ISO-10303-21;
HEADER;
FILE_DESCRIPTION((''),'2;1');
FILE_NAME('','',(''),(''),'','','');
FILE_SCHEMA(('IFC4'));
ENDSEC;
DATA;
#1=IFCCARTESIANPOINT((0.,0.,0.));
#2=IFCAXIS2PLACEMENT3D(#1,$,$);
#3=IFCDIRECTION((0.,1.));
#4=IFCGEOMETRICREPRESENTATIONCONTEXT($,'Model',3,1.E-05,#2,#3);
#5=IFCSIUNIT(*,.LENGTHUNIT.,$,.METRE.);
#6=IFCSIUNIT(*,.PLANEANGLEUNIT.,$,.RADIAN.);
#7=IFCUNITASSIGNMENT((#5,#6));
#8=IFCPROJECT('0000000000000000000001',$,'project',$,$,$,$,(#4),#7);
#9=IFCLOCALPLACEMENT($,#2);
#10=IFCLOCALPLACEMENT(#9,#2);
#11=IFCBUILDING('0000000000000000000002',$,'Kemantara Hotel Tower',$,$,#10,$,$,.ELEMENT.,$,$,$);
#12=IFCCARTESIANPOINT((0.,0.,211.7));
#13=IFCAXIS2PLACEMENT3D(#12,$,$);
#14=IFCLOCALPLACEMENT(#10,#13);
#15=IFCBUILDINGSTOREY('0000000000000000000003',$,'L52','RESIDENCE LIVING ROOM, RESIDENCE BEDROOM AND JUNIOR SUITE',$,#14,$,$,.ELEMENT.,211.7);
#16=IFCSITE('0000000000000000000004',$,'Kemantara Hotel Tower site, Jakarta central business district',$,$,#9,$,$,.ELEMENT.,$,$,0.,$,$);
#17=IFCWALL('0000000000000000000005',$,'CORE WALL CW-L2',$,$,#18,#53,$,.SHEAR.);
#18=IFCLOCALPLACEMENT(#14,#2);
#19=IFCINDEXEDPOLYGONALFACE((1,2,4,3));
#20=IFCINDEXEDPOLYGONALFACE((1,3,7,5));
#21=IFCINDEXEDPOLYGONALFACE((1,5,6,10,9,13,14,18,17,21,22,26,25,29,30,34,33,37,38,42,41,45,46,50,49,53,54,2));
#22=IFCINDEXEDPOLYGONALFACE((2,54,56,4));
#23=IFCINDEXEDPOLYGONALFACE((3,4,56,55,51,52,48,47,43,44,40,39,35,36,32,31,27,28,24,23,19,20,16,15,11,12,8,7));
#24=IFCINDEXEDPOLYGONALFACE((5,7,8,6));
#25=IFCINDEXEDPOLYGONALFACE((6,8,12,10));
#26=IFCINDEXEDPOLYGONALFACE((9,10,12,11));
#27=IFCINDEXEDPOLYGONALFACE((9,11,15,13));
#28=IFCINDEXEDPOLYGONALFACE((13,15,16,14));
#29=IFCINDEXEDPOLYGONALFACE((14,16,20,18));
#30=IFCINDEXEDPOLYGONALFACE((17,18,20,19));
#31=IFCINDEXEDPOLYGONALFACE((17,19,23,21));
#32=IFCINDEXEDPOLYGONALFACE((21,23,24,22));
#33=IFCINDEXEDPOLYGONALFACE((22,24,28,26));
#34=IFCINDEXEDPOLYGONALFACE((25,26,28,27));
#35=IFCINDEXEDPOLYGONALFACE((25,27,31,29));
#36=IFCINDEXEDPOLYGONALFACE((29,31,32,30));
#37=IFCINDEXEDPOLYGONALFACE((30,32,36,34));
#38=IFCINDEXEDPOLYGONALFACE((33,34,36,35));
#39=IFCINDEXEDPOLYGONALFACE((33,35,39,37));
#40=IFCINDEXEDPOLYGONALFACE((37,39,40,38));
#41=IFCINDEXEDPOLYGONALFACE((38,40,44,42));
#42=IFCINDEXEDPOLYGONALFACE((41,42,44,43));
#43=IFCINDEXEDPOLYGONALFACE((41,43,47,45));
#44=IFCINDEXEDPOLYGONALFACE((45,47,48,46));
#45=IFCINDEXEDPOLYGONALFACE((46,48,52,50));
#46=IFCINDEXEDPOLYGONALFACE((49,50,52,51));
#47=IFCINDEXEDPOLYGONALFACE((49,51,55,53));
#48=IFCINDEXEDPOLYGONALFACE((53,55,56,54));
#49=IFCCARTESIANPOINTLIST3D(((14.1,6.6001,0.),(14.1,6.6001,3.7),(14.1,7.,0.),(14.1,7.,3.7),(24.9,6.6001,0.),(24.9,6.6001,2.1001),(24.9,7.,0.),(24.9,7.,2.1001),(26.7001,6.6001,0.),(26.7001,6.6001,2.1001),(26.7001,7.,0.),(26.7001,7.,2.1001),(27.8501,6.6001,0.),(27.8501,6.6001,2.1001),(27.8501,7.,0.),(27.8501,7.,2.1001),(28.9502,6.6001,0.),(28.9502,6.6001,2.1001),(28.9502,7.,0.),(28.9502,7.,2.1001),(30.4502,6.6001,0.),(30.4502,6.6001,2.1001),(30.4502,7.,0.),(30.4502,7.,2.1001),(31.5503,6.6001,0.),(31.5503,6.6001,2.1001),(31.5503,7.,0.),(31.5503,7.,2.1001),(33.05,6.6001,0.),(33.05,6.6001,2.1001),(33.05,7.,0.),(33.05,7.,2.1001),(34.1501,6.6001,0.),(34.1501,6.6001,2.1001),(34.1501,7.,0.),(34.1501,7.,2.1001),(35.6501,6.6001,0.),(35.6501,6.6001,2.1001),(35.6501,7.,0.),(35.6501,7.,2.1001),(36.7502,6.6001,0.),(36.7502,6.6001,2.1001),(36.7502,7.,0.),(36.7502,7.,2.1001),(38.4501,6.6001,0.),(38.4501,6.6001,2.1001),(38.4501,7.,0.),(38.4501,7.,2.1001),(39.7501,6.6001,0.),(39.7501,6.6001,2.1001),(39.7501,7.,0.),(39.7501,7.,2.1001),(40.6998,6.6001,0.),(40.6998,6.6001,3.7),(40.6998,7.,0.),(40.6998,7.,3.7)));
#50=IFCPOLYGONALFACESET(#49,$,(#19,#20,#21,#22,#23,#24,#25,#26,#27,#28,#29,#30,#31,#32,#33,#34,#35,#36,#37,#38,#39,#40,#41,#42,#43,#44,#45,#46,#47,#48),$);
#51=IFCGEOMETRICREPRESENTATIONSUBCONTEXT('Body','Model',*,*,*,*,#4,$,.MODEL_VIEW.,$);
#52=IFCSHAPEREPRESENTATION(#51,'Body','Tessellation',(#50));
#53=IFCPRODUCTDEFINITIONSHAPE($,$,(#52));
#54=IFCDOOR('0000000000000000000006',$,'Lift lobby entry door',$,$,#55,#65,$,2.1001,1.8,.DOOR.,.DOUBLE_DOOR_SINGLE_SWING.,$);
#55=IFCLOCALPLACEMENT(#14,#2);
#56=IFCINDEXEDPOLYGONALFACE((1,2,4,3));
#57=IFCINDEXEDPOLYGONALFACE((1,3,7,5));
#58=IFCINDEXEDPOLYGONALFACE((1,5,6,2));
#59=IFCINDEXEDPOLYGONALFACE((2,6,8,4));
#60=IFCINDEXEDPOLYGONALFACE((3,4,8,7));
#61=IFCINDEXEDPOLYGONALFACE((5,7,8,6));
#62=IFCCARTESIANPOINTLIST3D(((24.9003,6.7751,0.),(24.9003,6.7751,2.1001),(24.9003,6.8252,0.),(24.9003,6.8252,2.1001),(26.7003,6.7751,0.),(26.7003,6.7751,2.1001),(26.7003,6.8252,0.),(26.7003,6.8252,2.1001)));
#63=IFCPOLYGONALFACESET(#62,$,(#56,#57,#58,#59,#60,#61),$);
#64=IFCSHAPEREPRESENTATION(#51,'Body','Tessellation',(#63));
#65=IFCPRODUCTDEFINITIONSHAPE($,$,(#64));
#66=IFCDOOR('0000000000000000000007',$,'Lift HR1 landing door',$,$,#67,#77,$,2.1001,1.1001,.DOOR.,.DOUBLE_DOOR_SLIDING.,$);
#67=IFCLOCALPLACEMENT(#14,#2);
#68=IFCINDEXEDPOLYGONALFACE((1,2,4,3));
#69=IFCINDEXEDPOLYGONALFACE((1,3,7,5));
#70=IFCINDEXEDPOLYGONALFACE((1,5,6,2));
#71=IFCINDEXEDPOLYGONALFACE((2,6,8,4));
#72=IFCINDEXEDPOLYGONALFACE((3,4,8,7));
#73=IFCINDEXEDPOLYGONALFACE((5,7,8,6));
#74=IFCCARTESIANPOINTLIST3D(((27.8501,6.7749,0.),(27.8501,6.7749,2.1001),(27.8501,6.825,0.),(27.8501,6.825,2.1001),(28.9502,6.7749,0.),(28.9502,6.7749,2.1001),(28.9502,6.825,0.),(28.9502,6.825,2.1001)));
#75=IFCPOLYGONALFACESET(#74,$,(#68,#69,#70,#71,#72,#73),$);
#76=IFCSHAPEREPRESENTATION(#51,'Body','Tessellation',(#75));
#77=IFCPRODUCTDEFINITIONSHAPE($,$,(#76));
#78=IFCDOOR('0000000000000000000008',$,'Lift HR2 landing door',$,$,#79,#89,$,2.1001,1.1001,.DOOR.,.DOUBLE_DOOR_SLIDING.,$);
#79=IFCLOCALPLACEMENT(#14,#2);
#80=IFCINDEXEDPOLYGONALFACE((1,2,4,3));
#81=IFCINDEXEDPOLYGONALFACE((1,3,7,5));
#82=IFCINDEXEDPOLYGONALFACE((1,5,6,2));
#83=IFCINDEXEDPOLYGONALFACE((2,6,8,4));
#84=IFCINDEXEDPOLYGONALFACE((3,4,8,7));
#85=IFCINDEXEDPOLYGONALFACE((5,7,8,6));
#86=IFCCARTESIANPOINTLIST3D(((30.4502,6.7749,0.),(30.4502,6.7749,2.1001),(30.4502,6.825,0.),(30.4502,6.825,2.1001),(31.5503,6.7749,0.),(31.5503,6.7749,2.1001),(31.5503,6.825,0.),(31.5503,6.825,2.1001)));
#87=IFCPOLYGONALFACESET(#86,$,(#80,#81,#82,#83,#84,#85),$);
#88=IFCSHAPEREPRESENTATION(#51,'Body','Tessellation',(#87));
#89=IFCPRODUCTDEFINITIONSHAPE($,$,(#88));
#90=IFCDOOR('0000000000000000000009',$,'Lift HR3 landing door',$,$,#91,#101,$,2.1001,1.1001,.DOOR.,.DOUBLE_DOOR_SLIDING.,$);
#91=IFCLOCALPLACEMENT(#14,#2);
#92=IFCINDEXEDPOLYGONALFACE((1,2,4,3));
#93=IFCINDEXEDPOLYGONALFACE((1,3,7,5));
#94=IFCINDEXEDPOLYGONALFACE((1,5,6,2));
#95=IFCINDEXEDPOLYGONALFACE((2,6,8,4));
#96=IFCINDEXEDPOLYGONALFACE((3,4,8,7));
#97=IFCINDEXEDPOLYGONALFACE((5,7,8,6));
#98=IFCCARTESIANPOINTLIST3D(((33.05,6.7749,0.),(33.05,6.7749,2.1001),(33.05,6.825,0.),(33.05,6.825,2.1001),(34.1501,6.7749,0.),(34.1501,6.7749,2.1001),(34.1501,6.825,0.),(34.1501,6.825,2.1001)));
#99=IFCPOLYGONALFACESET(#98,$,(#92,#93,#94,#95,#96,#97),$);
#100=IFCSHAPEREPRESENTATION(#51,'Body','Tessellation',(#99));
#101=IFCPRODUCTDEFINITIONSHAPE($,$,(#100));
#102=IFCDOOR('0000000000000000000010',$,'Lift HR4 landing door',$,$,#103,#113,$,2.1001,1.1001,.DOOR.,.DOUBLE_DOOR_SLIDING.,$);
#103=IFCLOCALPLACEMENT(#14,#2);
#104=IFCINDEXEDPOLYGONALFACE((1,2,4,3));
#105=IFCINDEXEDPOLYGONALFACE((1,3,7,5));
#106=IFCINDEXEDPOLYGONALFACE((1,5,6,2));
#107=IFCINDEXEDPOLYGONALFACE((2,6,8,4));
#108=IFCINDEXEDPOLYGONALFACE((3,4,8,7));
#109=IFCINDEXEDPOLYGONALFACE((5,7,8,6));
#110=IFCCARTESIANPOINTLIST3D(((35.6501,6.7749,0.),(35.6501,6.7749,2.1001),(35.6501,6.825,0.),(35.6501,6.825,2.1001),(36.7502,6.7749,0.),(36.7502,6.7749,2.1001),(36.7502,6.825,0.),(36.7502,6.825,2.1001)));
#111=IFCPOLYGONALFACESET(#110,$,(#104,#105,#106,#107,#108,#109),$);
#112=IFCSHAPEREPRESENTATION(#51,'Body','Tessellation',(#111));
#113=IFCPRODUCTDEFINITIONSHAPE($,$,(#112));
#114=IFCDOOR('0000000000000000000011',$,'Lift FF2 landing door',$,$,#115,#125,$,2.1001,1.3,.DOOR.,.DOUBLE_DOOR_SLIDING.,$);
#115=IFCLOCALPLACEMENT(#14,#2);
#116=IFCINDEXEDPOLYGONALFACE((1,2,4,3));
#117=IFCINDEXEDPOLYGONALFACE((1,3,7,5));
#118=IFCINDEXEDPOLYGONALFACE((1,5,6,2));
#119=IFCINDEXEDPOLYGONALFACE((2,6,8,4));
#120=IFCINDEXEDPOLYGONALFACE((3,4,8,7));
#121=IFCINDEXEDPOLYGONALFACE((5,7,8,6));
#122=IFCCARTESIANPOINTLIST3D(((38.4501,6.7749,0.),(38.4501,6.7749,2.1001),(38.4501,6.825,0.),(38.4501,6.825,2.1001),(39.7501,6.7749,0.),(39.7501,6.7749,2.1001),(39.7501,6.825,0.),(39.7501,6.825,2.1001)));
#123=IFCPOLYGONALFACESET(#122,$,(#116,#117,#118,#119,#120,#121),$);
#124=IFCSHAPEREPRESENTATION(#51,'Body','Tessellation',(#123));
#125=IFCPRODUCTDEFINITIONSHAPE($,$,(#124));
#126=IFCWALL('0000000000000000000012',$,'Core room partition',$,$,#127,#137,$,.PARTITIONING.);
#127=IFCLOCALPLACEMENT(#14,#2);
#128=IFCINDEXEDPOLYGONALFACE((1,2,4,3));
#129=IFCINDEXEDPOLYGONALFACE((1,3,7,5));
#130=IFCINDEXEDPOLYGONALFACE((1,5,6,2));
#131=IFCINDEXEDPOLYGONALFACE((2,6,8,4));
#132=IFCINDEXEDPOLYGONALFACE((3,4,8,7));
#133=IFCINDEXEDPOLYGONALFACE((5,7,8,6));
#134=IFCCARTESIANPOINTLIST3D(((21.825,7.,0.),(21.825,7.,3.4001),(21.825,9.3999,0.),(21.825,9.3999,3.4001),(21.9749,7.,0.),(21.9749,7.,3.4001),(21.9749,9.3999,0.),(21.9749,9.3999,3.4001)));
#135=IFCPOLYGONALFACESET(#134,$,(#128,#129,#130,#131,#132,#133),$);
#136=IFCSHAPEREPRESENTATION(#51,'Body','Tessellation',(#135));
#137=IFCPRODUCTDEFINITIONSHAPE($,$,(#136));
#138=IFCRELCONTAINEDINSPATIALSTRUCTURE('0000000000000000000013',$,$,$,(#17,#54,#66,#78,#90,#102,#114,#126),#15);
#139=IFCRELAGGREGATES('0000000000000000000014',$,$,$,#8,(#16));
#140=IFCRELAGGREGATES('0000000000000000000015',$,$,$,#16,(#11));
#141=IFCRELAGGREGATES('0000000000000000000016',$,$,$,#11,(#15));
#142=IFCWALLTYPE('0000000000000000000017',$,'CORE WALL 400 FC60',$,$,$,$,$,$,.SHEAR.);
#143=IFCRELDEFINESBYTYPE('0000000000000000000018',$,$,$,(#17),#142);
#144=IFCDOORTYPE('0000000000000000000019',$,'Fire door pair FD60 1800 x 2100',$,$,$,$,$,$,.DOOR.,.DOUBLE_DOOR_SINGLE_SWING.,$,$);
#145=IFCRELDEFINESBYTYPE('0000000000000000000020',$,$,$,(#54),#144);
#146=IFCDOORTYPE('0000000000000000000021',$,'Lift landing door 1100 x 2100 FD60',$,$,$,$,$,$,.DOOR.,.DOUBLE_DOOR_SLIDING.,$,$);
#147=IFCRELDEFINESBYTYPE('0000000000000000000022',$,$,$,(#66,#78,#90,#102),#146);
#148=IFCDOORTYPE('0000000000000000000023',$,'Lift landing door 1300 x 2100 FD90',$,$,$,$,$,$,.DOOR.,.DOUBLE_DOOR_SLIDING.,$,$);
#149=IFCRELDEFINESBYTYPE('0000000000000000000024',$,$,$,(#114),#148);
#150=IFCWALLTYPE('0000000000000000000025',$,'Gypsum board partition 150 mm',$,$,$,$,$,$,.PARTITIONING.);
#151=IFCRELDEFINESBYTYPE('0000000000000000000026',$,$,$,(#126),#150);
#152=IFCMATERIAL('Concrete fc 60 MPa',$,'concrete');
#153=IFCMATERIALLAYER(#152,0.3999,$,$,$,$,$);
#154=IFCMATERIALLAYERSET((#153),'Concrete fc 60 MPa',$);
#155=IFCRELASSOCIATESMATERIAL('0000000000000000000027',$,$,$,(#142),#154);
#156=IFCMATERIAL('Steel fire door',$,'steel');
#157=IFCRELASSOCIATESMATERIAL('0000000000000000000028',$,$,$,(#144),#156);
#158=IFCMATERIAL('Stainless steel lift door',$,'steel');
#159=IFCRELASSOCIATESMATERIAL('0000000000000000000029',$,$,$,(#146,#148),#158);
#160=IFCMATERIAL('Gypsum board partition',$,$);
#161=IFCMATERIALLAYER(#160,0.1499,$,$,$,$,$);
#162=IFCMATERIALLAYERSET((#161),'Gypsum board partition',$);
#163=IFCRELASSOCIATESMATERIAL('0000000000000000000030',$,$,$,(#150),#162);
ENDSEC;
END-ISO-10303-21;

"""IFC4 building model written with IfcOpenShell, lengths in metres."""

from ifc_helpers import new_model, si_unit, direction, frame, frame_2d, origin, place, context, subcontext, project, spatial, rectangle, extrude, material, layer, layer_set, type_object, element, fill, save


model = new_model("IFC4")

# Units and contexts
model_context = context("Model", 3, precision=1e-05, world=origin(), true_north=direction((0.0, 1.0)))
body_context = subcontext(model_context, "Body", "Model", "MODEL_VIEW")
ifc_project = project(units=[si_unit("LENGTHUNIT", "METRE"), si_unit("PLANEANGLEUNIT", "RADIAN")], contexts=[model_context])

# Site, building, storey
site_placement = place(None, origin())
site = spatial("IfcSite", under=ifc_project, at=site_placement, Name="Kemantara Hotel Tower site, Jakarta central business district", CompositionType="ELEMENT", RefElevation=0.0)
building_placement = place(site_placement, origin())
building = spatial("IfcBuilding", under=site, at=building_placement, Name="Kemantara Hotel Tower", CompositionType="ELEMENT")
storey_placement = place(building_placement, frame((0.0, 0.0, 211.7)))
storey = spatial("IfcBuildingStorey", under=building, at=storey_placement, Name="L52", Description="RESIDENCE LIVING ROOM, RESIDENCE BEDROOM AND JUNIOR SUITE", CompositionType="ELEMENT", Elevation=211.7)

# Shared definitions
ifc_material_1 = material(Name="Concrete fc 60 MPa", Category="concrete")

# Shared definitions
ifc_layer_1 = layer(ifc_material_1, 0.3999)
ifc_layer_set_1 = layer_set([ifc_layer_1], Name="Concrete fc 60 MPa")
wall_type_1 = type_object("IfcWallType", Name="CORE WALL 400 FC60", PredefinedType="SHEAR", material=ifc_layer_set_1)
ifc_material_2 = material(Name="Steel fire door", Category="steel")

# Wall, openings, doors
wall_1_placement = place(storey_placement, frame((14.1001, 6.8, 0.0), z_axis=(0.0, 0.0, 1.0), x_axis=(1.0, 0.0, 0.0)))
wall_1 = element("IfcWall", 1, at=wall_1_placement, inside=storey, type_object=wall_type_1, Name="CORE WALL CW-L2", PredefinedType="SHEAR", context=body_context, shape_type="SweptSolid", body=[
    extrude(rectangle(XDim=26.5999, YDim=0.3999, at=frame_2d((13.2998, 0.0))), origin(), (0.0, 0.0, 1.0), 3.7),
])
opening_1_placement = place(wall_1_placement, frame((10.8, 0.0, 0.0)))
opening_1 = element("IfcOpeningElement", 2, at=opening_1_placement, cuts=wall_1, PredefinedType="OPENING", context=body_context, shape_type="SweptSolid", body=[
    extrude(rectangle(XDim=1.8, YDim=2.1001, at=frame_2d((0.8999, 1.05))), frame((0.0, 0.21, 0.0), z_axis=(0.0, -1.0, 0.0), x_axis=(1.0, 0.0, 0.0)), (0.0, 0.0, 1.0), 0.4199),
])
opening_2_placement = place(wall_1_placement, frame((13.75, 0.0, 0.0)))
opening_2 = element("IfcOpeningElement", 3, at=opening_2_placement, cuts=wall_1, PredefinedType="OPENING", context=body_context, shape_type="SweptSolid", body=[
    extrude(rectangle(XDim=1.1001, YDim=2.1001, at=frame_2d((0.55, 1.05))), frame((0.0, 0.21, 0.0), z_axis=(0.0, -1.0, 0.0), x_axis=(1.0, 0.0, 0.0)), (0.0, 0.0, 1.0), 0.4199),
])
opening_3_placement = place(wall_1_placement, frame((16.3501, 0.0, 0.0)))
opening_3 = element("IfcOpeningElement", 4, at=opening_3_placement, cuts=wall_1, PredefinedType="OPENING", context=body_context, shape_type="SweptSolid", body=[
    extrude(rectangle(XDim=1.1001, YDim=2.1001, at=frame_2d((0.55, 1.05))), frame((0.0, 0.21, 0.0), z_axis=(0.0, -1.0, 0.0), x_axis=(1.0, 0.0, 0.0)), (0.0, 0.0, 1.0), 0.4199),
])
opening_4_placement = place(wall_1_placement, frame((18.95, 0.0, 0.0)))
opening_4 = element("IfcOpeningElement", 5, at=opening_4_placement, cuts=wall_1, PredefinedType="OPENING", context=body_context, shape_type="SweptSolid", body=[
    extrude(rectangle(XDim=1.1001, YDim=2.1001, at=frame_2d((0.55, 1.05))), frame((0.0, 0.21, 0.0), z_axis=(0.0, -1.0, 0.0), x_axis=(1.0, 0.0, 0.0)), (0.0, 0.0, 1.0), 0.4199),
])
opening_5_placement = place(wall_1_placement, frame((21.55, 0.0, 0.0)))
opening_5 = element("IfcOpeningElement", 6, at=opening_5_placement, cuts=wall_1, PredefinedType="OPENING", context=body_context, shape_type="SweptSolid", body=[
    extrude(rectangle(XDim=1.1001, YDim=2.1001, at=frame_2d((0.55, 1.05))), frame((0.0, 0.21, 0.0), z_axis=(0.0, -1.0, 0.0), x_axis=(1.0, 0.0, 0.0)), (0.0, 0.0, 1.0), 0.4199),
])
opening_6_placement = place(wall_1_placement, frame((24.3501, 0.0, 0.0)))
opening_6 = element("IfcOpeningElement", 7, at=opening_6_placement, cuts=wall_1, PredefinedType="OPENING", context=body_context, shape_type="SweptSolid", body=[
    extrude(rectangle(XDim=1.3, YDim=2.1001, at=frame_2d((0.6499, 1.05))), frame((0.0, 0.21, 0.0), z_axis=(0.0, -1.0, 0.0), x_axis=(1.0, 0.0, 0.0)), (0.0, 0.0, 1.0), 0.4199),
])
door_type_1 = type_object("IfcDoorType", Name="Fire door pair FD60 1800 x 2100", OperationType="DOUBLE_DOOR_SINGLE_SWING", PredefinedType="DOOR", material=ifc_material_2)
door_1_placement = place(opening_1_placement, frame((1.8, 0.0, 0.0), z_axis=(0.0, 0.0, 1.0), x_axis=(-1.0, 0.0, 0.0)))
door_1 = element("IfcDoor", 8, at=door_1_placement, inside=storey, type_object=door_type_1, Name="Lift lobby entry door", OperationType="DOUBLE_DOOR_SINGLE_SWING", OverallHeight=2.1001, OverallWidth=1.8, PredefinedType="DOOR", context=body_context, shape_type="SweptSolid", body=[
    extrude(rectangle(XDim=1.8, YDim=2.1001, at=frame_2d((0.8999, 1.05))), frame((0.0, 0.0249, 0.0), z_axis=(0.0, -1.0, 0.0), x_axis=(1.0, 0.0, 0.0)), (0.0, 0.0, 1.0), 0.05),
])
fill(opening_1, door_1)
ifc_material_3 = material(Name="Stainless steel lift door", Category="steel")
door_type_2 = type_object("IfcDoorType", Name="Lift landing door 1100 x 2100 FD60", OperationType="DOUBLE_DOOR_SLIDING", PredefinedType="DOOR", material=ifc_material_3)
door_2_placement = place(opening_2_placement, origin())
door_2 = element("IfcDoor", 9, at=door_2_placement, inside=storey, type_object=door_type_2, Name="Lift HR1 landing door", OperationType="DOUBLE_DOOR_SLIDING", OverallHeight=2.1001, OverallWidth=1.1001, PredefinedType="DOOR", context=body_context, shape_type="SweptSolid", body=[
    extrude(rectangle(XDim=1.1001, YDim=2.1001, at=frame_2d((0.55, 1.05))), frame((0.0, 0.0249, 0.0), z_axis=(0.0, -1.0, 0.0), x_axis=(1.0, 0.0, 0.0)), (0.0, 0.0, 1.0), 0.05),
])
fill(opening_2, door_2)
door_3_placement = place(opening_3_placement, origin())
door_3 = element("IfcDoor", 10, at=door_3_placement, inside=storey, type_object=door_type_2, Name="Lift HR2 landing door", OperationType="DOUBLE_DOOR_SLIDING", OverallHeight=2.1001, OverallWidth=1.1001, PredefinedType="DOOR", context=body_context, shape_type="SweptSolid", body=[
    extrude(rectangle(XDim=1.1001, YDim=2.1001, at=frame_2d((0.55, 1.05))), frame((0.0, 0.0249, 0.0), z_axis=(0.0, -1.0, 0.0), x_axis=(1.0, 0.0, 0.0)), (0.0, 0.0, 1.0), 0.05),
])
fill(opening_3, door_3)
door_4_placement = place(opening_4_placement, origin())
door_4 = element("IfcDoor", 11, at=door_4_placement, inside=storey, type_object=door_type_2, Name="Lift HR3 landing door", OperationType="DOUBLE_DOOR_SLIDING", OverallHeight=2.1001, OverallWidth=1.1001, PredefinedType="DOOR", context=body_context, shape_type="SweptSolid", body=[
    extrude(rectangle(XDim=1.1001, YDim=2.1001, at=frame_2d((0.55, 1.05))), frame((0.0, 0.0249, 0.0), z_axis=(0.0, -1.0, 0.0), x_axis=(1.0, 0.0, 0.0)), (0.0, 0.0, 1.0), 0.05),
])
fill(opening_4, door_4)
door_5_placement = place(opening_5_placement, origin())
door_5 = element("IfcDoor", 12, at=door_5_placement, inside=storey, type_object=door_type_2, Name="Lift HR4 landing door", OperationType="DOUBLE_DOOR_SLIDING", OverallHeight=2.1001, OverallWidth=1.1001, PredefinedType="DOOR", context=body_context, shape_type="SweptSolid", body=[
    extrude(rectangle(XDim=1.1001, YDim=2.1001, at=frame_2d((0.55, 1.05))), frame((0.0, 0.0249, 0.0), z_axis=(0.0, -1.0, 0.0), x_axis=(1.0, 0.0, 0.0)), (0.0, 0.0, 1.0), 0.05),
])
fill(opening_5, door_5)
door_type_3 = type_object("IfcDoorType", Name="Lift landing door 1300 x 2100 FD90", OperationType="DOUBLE_DOOR_SLIDING", PredefinedType="DOOR", material=ifc_material_3)
door_6_placement = place(opening_6_placement, origin())
door_6 = element("IfcDoor", 13, at=door_6_placement, inside=storey, type_object=door_type_3, Name="Lift FF2 landing door", OperationType="DOUBLE_DOOR_SLIDING", OverallHeight=2.1001, OverallWidth=1.3, PredefinedType="DOOR", context=body_context, shape_type="SweptSolid", body=[
    extrude(rectangle(XDim=1.3, YDim=2.1001, at=frame_2d((0.6499, 1.05))), frame((0.0, 0.0249, 0.0), z_axis=(0.0, -1.0, 0.0), x_axis=(1.0, 0.0, 0.0)), (0.0, 0.0, 1.0), 0.05),
])
fill(opening_6, door_6)

# Wall
ifc_material_4 = material(Name="Gypsum board partition")
ifc_layer_2 = layer(ifc_material_4, 0.1499)
ifc_layer_set_2 = layer_set([ifc_layer_2], Name="Gypsum board partition")
wall_type_2 = type_object("IfcWallType", Name="Gypsum board partition 150 mm", PredefinedType="PARTITIONING", material=ifc_layer_set_2)
wall_2_placement = place(storey_placement, frame((21.8999, 7.0, 0.0), z_axis=(0.0, 0.0, 1.0), x_axis=(0.0, 1.0, 0.0)))
element("IfcWall", 14, at=wall_2_placement, inside=storey, type_object=wall_type_2, Name="Core room partition", PredefinedType="PARTITIONING", context=body_context, shape_type="SweptSolid", body=[
    extrude(rectangle(XDim=2.3999, YDim=0.1499, at=frame_2d((1.2, 0.0))), origin(), (0.0, 0.0, 1.0), 3.4001),
])

save(model, "model.ifc")
